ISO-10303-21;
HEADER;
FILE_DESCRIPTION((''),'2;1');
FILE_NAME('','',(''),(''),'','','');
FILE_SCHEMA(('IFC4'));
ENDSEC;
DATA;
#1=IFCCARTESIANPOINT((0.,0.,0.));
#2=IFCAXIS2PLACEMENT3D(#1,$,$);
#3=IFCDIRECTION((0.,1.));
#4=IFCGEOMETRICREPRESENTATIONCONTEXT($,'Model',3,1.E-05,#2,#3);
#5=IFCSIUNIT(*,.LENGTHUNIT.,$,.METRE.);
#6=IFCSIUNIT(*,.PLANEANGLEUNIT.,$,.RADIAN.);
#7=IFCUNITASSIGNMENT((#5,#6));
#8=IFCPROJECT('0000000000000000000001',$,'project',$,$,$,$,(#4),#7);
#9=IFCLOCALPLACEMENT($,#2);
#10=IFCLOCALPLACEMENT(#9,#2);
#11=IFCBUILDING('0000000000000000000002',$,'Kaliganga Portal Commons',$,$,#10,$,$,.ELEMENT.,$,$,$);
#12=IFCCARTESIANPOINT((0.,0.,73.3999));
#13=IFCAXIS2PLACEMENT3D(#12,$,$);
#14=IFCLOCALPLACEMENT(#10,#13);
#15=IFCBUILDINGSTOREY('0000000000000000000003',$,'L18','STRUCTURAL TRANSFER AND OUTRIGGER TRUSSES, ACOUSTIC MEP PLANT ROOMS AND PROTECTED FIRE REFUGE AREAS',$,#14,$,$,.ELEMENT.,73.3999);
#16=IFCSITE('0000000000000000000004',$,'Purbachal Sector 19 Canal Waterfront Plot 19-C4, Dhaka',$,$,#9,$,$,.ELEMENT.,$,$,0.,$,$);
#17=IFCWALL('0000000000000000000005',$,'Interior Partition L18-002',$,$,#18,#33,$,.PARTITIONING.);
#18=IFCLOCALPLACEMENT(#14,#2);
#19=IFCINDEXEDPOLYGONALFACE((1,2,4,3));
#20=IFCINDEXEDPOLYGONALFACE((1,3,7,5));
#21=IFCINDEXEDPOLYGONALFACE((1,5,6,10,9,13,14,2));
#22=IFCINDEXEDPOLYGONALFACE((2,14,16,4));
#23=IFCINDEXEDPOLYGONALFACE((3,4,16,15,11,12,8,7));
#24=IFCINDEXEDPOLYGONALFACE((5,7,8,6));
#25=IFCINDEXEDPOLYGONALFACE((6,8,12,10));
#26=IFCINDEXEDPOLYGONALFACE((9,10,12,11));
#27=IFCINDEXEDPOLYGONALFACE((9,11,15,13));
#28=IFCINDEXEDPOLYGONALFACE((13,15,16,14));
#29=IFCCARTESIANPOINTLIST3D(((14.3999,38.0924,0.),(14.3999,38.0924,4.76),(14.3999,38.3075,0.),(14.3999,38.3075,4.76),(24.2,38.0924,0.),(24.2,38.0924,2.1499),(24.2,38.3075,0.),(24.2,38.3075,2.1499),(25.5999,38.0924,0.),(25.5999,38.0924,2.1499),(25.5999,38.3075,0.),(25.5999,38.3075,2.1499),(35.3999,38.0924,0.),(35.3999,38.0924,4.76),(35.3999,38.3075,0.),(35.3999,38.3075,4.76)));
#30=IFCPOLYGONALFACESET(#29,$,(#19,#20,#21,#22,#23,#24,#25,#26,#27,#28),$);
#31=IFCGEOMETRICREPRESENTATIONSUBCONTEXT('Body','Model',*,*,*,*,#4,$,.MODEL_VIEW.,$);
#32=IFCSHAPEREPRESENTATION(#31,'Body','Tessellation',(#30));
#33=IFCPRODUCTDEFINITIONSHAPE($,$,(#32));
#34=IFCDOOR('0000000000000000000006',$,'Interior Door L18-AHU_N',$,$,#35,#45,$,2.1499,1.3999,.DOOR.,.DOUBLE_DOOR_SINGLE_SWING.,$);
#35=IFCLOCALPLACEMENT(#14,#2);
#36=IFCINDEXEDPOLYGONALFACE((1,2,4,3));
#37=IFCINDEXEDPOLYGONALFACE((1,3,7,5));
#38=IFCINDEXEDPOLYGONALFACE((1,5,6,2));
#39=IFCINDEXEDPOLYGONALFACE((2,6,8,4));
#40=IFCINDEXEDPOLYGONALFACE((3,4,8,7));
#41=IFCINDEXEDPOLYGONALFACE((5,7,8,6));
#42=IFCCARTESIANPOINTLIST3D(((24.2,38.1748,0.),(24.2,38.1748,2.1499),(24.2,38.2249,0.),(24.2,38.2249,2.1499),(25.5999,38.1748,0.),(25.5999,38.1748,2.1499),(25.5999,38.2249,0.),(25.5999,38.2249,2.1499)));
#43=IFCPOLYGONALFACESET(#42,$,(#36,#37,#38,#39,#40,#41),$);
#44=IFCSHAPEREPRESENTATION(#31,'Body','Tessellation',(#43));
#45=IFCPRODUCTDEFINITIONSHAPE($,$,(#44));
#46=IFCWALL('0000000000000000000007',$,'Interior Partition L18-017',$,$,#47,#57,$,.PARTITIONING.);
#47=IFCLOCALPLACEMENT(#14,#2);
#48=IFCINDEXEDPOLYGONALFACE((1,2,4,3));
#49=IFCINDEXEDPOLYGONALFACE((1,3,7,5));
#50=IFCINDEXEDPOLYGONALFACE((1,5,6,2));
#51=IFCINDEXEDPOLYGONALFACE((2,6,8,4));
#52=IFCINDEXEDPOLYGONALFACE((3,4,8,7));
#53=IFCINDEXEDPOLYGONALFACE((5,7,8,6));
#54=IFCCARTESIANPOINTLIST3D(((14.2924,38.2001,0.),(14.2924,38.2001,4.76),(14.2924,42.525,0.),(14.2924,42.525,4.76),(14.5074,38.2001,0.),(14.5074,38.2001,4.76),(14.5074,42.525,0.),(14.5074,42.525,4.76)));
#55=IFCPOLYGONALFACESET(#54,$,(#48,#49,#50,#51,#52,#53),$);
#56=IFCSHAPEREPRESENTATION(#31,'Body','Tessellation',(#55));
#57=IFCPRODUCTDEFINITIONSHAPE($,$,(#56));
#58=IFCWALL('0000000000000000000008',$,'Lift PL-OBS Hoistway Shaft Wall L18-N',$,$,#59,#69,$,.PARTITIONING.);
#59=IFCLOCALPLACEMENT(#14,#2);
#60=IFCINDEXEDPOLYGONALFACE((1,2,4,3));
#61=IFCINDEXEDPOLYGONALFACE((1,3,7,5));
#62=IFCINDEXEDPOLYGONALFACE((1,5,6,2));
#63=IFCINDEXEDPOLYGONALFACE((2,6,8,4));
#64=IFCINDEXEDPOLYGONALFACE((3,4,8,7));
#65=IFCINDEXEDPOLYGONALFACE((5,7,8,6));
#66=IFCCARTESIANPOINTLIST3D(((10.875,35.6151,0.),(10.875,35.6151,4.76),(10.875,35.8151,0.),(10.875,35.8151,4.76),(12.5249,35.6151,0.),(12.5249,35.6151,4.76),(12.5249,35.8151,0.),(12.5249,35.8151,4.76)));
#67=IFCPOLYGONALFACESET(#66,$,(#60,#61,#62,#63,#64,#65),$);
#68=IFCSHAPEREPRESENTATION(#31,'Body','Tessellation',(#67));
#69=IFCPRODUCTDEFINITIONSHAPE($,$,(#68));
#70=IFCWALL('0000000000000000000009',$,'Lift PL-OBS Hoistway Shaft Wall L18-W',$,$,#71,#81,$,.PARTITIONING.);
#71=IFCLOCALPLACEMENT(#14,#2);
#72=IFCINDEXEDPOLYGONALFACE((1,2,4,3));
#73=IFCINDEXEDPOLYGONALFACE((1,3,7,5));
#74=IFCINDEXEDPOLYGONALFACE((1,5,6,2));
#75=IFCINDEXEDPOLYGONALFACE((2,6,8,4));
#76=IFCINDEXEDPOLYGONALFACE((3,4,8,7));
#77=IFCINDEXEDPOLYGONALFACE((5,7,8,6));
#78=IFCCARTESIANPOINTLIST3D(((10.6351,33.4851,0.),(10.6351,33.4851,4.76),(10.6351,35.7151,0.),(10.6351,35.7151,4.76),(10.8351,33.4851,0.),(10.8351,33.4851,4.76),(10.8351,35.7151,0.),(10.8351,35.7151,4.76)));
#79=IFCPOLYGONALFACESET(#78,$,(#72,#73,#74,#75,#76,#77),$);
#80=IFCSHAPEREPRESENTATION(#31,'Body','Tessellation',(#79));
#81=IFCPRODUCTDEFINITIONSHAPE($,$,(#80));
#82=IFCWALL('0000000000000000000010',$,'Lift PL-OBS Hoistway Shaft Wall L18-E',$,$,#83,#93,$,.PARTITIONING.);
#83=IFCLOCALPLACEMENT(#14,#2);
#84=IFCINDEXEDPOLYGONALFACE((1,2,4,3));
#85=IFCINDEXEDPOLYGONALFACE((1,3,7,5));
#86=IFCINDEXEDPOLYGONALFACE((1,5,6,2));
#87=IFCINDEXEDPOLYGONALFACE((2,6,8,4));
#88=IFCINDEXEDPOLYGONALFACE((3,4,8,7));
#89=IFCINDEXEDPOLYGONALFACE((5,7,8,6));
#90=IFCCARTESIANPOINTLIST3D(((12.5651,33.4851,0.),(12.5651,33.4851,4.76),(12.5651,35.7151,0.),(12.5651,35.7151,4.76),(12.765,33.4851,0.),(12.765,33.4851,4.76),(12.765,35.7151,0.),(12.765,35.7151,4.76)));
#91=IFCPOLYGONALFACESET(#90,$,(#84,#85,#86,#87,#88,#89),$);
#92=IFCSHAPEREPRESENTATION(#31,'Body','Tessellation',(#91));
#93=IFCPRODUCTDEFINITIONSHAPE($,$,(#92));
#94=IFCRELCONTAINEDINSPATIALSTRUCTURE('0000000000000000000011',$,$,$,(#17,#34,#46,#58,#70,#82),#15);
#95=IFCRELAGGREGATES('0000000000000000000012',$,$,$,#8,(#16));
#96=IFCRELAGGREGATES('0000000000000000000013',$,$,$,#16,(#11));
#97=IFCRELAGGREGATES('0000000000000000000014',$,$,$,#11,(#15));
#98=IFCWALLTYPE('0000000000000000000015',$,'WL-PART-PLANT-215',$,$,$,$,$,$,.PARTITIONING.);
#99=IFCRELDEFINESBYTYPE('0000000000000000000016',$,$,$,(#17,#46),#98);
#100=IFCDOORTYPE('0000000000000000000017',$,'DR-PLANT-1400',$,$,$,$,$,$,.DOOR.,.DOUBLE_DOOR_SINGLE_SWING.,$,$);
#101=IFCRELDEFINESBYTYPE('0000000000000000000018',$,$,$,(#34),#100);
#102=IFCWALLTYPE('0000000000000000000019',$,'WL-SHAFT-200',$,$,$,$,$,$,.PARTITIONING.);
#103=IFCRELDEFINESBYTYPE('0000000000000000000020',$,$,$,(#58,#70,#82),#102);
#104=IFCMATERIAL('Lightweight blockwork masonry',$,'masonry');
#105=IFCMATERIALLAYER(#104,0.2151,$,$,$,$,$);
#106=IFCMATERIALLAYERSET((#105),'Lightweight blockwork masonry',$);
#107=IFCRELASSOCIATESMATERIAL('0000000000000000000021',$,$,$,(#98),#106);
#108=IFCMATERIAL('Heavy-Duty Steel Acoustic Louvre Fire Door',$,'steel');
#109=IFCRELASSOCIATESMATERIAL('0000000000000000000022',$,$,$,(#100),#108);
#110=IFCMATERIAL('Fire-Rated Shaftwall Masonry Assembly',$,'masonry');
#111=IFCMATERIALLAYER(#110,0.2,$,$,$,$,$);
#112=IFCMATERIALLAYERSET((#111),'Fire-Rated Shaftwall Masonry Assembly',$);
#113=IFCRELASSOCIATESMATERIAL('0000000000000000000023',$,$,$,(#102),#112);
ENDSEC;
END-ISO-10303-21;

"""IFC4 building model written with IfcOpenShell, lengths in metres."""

from ifc_helpers import new_model, si_unit, direction, frame, frame_2d, origin, place, context, subcontext, project, spatial, rectangle, extrude, material, layer, layer_set, type_object, element, fill, save


model = new_model("IFC4")

# Units and contexts
model_context = context("Model", 3, precision=1e-05, world=origin(), true_north=direction((0.0, 1.0)))
body_context = subcontext(model_context, "Body", "Model", "MODEL_VIEW")
ifc_project = project(units=[si_unit("LENGTHUNIT", "METRE"), si_unit("PLANEANGLEUNIT", "RADIAN")], contexts=[model_context])

# Site, building, storey
site_placement = place(None, origin())
site = spatial("IfcSite", under=ifc_project, at=site_placement, Name="Purbachal Sector 19 Canal Waterfront Plot 19-C4, Dhaka", CompositionType="ELEMENT", RefElevation=0.0)
building_placement = place(site_placement, origin())
building = spatial("IfcBuilding", under=site, at=building_placement, Name="Kaliganga Portal Commons", CompositionType="ELEMENT")
storey_placement = place(building_placement, frame((0.0, 0.0, 73.3999)))
storey = spatial("IfcBuildingStorey", under=building, at=storey_placement, Name="L18", Description="STRUCTURAL TRANSFER AND OUTRIGGER TRUSSES, ACOUSTIC MEP PLANT ROOMS AND PROTECTED FIRE REFUGE AREAS", CompositionType="ELEMENT", Elevation=73.3999)

# Wall, opening, door
ifc_material_1 = material(Name="Lightweight blockwork masonry", Category="masonry")
ifc_layer_1 = layer(ifc_material_1, 0.2151)
ifc_layer_set_1 = layer_set([ifc_layer_1], Name="Lightweight blockwork masonry")
wall_type_1 = type_object("IfcWallType", Name="WL-PART-PLANT-215", PredefinedType="PARTITIONING", material=ifc_layer_set_1)
wall_1_placement = place(storey_placement, frame((14.3999, 38.2, 0.0), z_axis=(0.0, 0.0, 1.0), x_axis=(1.0, 0.0, 0.0)))
wall_1 = element("IfcWall", 1, at=wall_1_placement, inside=storey, type_object=wall_type_1, Name="Interior Partition L18-002", PredefinedType="PARTITIONING", context=body_context, shape_type="SweptSolid", body=[
    extrude(rectangle(XDim=21.0, YDim=0.2151, at=frame_2d((10.5, 0.0))), origin(), (0.0, 0.0, 1.0), 4.76),
])
opening_1_placement = place(wall_1_placement, frame((9.8, 0.0, 0.0)))
opening_1 = element("IfcOpeningElement", 2, at=opening_1_placement, cuts=wall_1, PredefinedType="OPENING", context=body_context, shape_type="SweptSolid", body=[
    extrude(rectangle(XDim=1.3999, YDim=2.1499, at=frame_2d((0.7, 1.075))), frame((0.0, 0.1177, 0.0), z_axis=(0.0, -1.0, 0.0), x_axis=(1.0, 0.0, 0.0)), (0.0, 0.0, 1.0), 0.2351),
])
ifc_material_2 = material(Name="Heavy-Duty Steel Acoustic Louvre Fire Door", Category="steel")
door_type_1 = type_object("IfcDoorType", Name="DR-PLANT-1400", OperationType="DOUBLE_DOOR_SINGLE_SWING", PredefinedType="DOOR", material=ifc_material_2)
door_1_placement = place(opening_1_placement, origin())
door_1 = element("IfcDoor", 3, at=door_1_placement, inside=storey, type_object=door_type_1, Name="Interior Door L18-AHU_N", OperationType="DOUBLE_DOOR_SINGLE_SWING", OverallHeight=2.1499, OverallWidth=1.3999, PredefinedType="DOOR", context=body_context, shape_type="SweptSolid", body=[
    extrude(rectangle(XDim=1.3999, YDim=2.1499, at=frame_2d((0.7, 1.075))), frame((0.0, 0.0249, 0.0), z_axis=(0.0, -1.0, 0.0), x_axis=(1.0, 0.0, 0.0)), (0.0, 0.0, 1.0), 0.05),
])
fill(opening_1, door_1)

# Wall
wall_2_placement = place(storey_placement, frame((14.3999, 38.2, 0.0), z_axis=(0.0, 0.0, 1.0), x_axis=(0.0, 1.0, 0.0)))
element("IfcWall", 4, at=wall_2_placement, inside=storey, type_object=wall_type_1, Name="Interior Partition L18-017", PredefinedType="PARTITIONING", context=body_context, shape_type="SweptSolid", body=[
    extrude(rectangle(XDim=4.325, YDim=0.2151, at=frame_2d((2.1626, 0.0))), origin(), (0.0, 0.0, 1.0), 4.76),
])

# Shared definitions
ifc_material_3 = material(Name="Fire-Rated Shaftwall Masonry Assembly", Category="masonry")
ifc_layer_2 = layer(ifc_material_3, 0.2)
ifc_layer_set_2 = layer_set([ifc_layer_2], Name="Fire-Rated Shaftwall Masonry Assembly")
wall_type_2 = type_object("IfcWallType", Name="WL-SHAFT-200", PredefinedType="PARTITIONING", material=ifc_layer_set_2)

# Walls
wall_3_placement = place(storey_placement, frame((10.875, 35.7151, 0.0), z_axis=(0.0, 0.0, 1.0), x_axis=(1.0, 0.0, 0.0)))
element("IfcWall", 5, at=wall_3_placement, inside=storey, type_object=wall_type_2, Name="Lift PL-OBS Hoistway Shaft Wall L18-N", PredefinedType="PARTITIONING", context=body_context, shape_type="SweptSolid", body=[
    extrude(rectangle(XDim=1.6499, YDim=0.2, at=frame_2d((0.825, 0.0))), origin(), (0.0, 0.0, 1.0), 4.76),
])
for number, where, z_axis, x_axis, name in (
    (6, (10.7351, 33.4851, 0.0), (0.0, 0.0, 1.0), (0.0, 1.0, 0.0), "Lift PL-OBS Hoistway Shaft Wall L18-W"),
    (7, (12.665, 33.4851, 0.0), (0.0, 0.0, 1.0), (0.0, 1.0, 0.0), "Lift PL-OBS Hoistway Shaft Wall L18-E"),
):
    element("IfcWall", number, at=place(storey_placement, frame(where, z_axis=z_axis, x_axis=x_axis)), inside=storey, type_object=wall_type_2, Name=name, PredefinedType="PARTITIONING", context=body_context, shape_type="SweptSolid", body=[
        extrude(rectangle(XDim=2.23, YDim=0.2, at=frame_2d((1.115, 0.0))), origin(), (0.0, 0.0, 1.0), 4.76),
    ])

save(model, "model.ifc")
